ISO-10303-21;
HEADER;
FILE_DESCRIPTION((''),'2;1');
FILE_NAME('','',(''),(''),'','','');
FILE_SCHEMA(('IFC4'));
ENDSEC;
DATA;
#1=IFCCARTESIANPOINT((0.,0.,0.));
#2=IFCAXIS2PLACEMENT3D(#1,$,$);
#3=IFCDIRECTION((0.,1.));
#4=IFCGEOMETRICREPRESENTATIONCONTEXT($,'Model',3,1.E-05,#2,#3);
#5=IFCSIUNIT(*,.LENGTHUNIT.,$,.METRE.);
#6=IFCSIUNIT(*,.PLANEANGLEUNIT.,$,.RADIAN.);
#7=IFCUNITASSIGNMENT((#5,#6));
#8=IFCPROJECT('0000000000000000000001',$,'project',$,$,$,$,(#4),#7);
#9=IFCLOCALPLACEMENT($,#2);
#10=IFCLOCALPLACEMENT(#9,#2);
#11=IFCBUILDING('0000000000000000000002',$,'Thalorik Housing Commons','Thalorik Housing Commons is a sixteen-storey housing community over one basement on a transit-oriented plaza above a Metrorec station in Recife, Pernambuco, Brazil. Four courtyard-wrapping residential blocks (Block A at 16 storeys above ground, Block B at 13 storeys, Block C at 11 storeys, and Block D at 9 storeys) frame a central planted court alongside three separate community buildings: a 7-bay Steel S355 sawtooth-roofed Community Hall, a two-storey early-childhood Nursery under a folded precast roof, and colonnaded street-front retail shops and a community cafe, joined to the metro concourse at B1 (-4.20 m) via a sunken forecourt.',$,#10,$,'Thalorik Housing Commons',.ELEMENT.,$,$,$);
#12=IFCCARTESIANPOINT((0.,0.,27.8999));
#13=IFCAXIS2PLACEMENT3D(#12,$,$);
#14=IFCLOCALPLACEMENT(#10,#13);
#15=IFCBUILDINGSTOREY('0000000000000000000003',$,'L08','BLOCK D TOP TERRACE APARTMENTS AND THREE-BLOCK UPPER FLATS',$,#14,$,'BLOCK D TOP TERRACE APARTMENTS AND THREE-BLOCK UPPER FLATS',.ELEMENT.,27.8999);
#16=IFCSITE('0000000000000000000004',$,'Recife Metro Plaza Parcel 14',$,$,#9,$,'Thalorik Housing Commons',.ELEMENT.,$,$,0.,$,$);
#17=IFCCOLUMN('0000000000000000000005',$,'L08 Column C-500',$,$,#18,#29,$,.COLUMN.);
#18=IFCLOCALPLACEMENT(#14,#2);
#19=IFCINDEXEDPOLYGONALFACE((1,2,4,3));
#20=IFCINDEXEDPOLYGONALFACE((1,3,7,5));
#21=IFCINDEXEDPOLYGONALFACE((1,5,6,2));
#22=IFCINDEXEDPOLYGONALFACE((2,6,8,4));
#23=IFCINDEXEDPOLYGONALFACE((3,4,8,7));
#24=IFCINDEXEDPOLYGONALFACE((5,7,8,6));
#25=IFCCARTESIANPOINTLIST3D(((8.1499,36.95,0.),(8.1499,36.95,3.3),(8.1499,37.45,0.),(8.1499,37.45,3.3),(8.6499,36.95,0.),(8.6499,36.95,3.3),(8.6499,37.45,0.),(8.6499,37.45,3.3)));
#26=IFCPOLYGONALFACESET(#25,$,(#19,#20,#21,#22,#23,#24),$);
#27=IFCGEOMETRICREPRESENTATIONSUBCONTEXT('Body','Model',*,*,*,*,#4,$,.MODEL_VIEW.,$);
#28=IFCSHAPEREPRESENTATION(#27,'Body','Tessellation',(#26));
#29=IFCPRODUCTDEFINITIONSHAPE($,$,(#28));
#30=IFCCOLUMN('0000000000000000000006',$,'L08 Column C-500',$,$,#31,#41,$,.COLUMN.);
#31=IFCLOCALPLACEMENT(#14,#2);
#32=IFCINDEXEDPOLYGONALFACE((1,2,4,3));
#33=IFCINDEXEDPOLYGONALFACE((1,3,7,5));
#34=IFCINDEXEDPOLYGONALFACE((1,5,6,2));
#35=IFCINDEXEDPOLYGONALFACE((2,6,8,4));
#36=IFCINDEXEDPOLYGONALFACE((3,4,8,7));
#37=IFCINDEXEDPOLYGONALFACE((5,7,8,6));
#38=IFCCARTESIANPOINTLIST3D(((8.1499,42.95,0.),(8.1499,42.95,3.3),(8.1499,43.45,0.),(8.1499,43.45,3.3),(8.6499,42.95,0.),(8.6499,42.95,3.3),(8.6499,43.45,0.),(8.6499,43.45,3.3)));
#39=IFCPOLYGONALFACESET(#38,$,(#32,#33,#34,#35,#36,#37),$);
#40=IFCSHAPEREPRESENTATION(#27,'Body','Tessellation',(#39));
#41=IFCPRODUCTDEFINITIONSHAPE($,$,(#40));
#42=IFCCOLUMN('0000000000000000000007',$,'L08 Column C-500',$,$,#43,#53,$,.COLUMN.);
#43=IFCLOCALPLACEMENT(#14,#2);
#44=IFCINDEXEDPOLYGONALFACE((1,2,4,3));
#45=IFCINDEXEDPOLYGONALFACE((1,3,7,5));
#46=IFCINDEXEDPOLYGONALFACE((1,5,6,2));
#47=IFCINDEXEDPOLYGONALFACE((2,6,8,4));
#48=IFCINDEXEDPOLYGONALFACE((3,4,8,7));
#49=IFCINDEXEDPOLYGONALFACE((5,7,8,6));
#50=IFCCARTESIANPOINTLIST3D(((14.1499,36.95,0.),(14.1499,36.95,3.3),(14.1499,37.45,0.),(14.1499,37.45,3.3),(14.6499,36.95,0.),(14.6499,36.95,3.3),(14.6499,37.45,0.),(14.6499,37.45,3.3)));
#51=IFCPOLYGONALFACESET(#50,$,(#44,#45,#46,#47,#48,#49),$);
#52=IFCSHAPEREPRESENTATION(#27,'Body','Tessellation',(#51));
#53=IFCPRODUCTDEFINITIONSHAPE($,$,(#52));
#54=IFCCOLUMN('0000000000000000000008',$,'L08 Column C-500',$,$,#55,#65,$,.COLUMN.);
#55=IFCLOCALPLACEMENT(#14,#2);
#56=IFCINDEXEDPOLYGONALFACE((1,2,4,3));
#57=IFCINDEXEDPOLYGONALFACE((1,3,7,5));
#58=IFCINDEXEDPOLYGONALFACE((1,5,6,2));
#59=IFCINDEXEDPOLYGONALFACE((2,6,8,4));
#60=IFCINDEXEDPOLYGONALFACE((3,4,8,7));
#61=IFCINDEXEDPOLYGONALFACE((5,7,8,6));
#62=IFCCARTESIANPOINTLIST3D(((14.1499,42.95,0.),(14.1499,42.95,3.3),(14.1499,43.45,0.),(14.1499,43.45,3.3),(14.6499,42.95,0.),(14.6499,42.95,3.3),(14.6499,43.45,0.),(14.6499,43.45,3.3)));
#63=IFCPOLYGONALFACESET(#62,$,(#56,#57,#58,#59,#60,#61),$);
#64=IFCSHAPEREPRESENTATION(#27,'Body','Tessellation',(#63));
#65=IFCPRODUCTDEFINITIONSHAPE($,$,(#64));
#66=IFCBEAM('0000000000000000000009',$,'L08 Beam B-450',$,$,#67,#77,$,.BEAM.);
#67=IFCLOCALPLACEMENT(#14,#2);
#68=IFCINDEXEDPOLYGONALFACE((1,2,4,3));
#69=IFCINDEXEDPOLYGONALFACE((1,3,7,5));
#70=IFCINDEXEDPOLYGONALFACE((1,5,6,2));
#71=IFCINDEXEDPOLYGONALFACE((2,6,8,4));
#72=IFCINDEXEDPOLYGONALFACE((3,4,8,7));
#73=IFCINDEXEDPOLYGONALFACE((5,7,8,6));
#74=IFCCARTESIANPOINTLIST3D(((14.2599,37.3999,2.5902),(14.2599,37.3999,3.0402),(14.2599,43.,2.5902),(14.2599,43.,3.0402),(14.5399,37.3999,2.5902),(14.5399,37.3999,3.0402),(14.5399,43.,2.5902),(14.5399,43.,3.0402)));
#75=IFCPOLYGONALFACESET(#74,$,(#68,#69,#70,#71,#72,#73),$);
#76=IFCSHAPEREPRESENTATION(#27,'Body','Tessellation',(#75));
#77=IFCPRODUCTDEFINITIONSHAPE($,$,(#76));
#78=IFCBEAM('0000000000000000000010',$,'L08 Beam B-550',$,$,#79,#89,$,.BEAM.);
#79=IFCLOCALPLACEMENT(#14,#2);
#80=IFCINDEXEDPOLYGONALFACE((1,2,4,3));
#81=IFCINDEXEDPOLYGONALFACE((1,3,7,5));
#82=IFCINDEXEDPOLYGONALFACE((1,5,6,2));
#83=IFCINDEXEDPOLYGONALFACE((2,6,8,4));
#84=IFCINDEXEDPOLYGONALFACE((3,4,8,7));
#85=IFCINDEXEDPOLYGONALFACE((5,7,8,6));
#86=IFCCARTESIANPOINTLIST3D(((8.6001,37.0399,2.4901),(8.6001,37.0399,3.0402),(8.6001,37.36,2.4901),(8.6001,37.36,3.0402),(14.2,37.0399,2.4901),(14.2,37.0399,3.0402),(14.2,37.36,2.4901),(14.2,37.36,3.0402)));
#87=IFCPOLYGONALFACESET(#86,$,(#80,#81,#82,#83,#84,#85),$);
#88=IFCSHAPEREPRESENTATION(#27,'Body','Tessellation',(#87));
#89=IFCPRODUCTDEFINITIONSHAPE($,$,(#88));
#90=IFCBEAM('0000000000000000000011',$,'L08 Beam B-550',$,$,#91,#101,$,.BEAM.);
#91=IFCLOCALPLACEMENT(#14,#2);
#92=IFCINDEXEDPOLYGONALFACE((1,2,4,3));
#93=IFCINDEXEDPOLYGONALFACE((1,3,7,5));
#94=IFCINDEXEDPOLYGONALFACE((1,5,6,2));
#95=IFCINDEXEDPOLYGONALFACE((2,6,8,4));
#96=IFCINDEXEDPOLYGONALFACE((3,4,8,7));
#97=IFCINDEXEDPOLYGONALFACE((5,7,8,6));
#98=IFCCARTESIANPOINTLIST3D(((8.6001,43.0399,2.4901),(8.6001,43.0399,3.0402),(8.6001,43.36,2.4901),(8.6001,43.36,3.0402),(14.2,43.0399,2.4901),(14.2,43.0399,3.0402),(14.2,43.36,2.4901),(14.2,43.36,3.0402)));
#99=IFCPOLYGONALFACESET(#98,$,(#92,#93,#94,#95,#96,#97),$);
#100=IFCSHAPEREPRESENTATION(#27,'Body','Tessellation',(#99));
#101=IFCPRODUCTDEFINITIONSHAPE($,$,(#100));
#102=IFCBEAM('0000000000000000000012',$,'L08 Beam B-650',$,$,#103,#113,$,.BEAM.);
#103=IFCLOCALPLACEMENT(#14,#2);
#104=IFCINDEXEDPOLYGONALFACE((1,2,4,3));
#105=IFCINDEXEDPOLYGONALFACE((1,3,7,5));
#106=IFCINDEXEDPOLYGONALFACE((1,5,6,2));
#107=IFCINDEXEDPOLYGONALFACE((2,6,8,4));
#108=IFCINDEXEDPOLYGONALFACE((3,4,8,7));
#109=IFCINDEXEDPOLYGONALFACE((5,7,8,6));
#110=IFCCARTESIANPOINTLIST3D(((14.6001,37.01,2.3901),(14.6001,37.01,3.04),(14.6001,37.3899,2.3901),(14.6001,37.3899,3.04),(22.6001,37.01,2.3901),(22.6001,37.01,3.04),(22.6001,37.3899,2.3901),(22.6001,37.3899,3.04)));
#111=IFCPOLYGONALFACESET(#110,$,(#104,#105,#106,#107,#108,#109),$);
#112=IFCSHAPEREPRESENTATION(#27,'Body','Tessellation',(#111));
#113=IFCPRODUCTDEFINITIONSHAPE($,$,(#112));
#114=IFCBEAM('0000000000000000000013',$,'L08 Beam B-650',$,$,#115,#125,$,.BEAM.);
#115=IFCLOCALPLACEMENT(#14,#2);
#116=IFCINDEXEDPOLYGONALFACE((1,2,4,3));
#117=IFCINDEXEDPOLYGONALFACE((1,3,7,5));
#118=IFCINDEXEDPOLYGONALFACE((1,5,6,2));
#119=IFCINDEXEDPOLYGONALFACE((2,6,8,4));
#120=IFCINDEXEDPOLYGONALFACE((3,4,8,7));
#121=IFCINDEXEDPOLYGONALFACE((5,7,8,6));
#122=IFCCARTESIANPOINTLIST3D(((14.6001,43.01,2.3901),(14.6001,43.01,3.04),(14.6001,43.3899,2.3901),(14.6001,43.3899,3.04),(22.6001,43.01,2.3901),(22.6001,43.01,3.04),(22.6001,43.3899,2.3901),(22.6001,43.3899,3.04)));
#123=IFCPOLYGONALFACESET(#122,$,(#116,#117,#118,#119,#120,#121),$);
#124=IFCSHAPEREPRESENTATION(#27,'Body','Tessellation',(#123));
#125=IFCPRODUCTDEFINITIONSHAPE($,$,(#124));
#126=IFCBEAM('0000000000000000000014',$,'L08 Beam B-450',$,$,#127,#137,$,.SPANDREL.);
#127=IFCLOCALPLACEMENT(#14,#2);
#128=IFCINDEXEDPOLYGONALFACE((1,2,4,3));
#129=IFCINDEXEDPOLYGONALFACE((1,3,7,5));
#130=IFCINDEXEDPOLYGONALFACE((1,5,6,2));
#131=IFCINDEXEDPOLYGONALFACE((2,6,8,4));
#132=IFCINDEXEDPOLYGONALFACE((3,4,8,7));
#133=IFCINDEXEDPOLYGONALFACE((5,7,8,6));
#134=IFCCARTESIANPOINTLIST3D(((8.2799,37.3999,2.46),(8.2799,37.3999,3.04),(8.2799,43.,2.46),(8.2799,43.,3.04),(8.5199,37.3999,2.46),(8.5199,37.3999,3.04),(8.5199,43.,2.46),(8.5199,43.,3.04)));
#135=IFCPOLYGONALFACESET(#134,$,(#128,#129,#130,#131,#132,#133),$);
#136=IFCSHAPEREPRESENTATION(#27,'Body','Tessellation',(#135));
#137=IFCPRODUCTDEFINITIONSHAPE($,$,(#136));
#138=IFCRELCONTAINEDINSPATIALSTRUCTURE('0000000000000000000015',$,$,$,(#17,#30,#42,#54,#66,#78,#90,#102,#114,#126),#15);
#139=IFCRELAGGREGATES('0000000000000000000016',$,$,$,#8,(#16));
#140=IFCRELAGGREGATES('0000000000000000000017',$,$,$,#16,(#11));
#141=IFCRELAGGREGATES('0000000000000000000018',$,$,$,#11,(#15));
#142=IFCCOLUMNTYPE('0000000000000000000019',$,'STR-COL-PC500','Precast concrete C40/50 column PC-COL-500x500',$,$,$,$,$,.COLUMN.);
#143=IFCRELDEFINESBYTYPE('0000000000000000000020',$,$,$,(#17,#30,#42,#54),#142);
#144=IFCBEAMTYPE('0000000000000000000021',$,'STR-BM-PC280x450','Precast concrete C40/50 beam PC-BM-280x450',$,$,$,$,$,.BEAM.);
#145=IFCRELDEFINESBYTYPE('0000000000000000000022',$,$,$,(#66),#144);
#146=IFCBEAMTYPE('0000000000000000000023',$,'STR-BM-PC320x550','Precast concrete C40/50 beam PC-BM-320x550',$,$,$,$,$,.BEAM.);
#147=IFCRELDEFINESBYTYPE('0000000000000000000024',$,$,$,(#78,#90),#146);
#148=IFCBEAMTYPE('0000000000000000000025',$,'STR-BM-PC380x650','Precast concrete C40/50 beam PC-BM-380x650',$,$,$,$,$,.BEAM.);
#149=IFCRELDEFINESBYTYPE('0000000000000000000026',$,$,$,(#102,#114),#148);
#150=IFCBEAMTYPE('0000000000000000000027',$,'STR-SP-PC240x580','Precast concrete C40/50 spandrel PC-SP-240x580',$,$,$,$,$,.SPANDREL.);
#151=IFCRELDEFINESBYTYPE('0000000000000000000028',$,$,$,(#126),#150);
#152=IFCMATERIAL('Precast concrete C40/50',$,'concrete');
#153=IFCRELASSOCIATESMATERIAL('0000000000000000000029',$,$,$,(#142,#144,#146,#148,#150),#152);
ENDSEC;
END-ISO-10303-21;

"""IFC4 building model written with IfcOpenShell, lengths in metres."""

from ifc_helpers import new_model, si_unit, direction, frame, origin, origin_2d, place, context, subcontext, project, spatial, rectangle, extrude, material, material_profile, profile_set, type_object, element, save


model = new_model("IFC4")

# Units and contexts
model_context = context("Model", 3, precision=1e-05, world=origin(), true_north=direction((0.0, 1.0)))
body_context = subcontext(model_context, "Body", "Model", "MODEL_VIEW")
ifc_project = project(units=[si_unit("LENGTHUNIT", "METRE"), si_unit("PLANEANGLEUNIT", "RADIAN")], contexts=[model_context])

# Site, building, storey
site_placement = place(None, origin())
site = spatial("IfcSite", under=ifc_project, at=site_placement, Name="Recife Metro Plaza Parcel 14", LongName="Thalorik Housing Commons", CompositionType="ELEMENT", RefElevation=0.0)
building_placement = place(site_placement, origin())
building = spatial("IfcBuilding", under=site, at=building_placement, Name="Thalorik Housing Commons", Description="Thalorik Housing Commons is a sixteen-storey housing community over one basement on a transit-oriented plaza above a Metrorec station in Recife, Pernambuco, Brazil. Four courtyard-wrapping residential blocks (Block A at 16 storeys above ground, Block B at 13 storeys, Block C at 11 storeys, and Block D at 9 storeys) frame a central planted court alongside three separate community buildings: a 7-bay Steel S355 sawtooth-roofed Community Hall, a two-storey early-childhood Nursery under a folded precast roof, and colonnaded street-front retail shops and a community cafe, joined to the metro concourse at B1 (-4.20 m) via a sunken forecourt.", LongName="Thalorik Housing Commons", CompositionType="ELEMENT")
storey_placement = place(building_placement, frame((0.0, 0.0, 27.8999)))
storey = spatial("IfcBuildingStorey", under=building, at=storey_placement, Name="L08", Description="BLOCK D TOP TERRACE APARTMENTS AND THREE-BLOCK UPPER FLATS", LongName="BLOCK D TOP TERRACE APARTMENTS AND THREE-BLOCK UPPER FLATS", CompositionType="ELEMENT", Elevation=27.8999)

# Columns
ifc_material_1 = material(Name="Precast concrete C40/50", Category="concrete")
ifc_material_profile_1 = material_profile(ifc_material_1, rectangle(XDim=0.5, YDim=0.5, at=origin_2d()), Name="PC 500x500", Category="concrete")
ifc_profile_set_1 = profile_set([ifc_material_profile_1], Name="Precast concrete C40/50")
column_type = type_object("IfcColumnType", Name="STR-COL-PC500", Description="Precast concrete C40/50 column PC-COL-500x500", PredefinedType="COLUMN", material=ifc_profile_set_1)
for number, where, z_axis, x_axis, name in (
    (1, (8.3999, 37.2, 0.0), (0.0, 0.0, 1.0), (1.0, 0.0, 0.0), "L08 Column C-500"),
    (2, (8.3999, 43.2, 0.0), (0.0, 0.0, 1.0), (1.0, 0.0, 0.0), "L08 Column C-500"),
    (3, (14.3999, 37.2, 0.0), (0.0, 0.0, 1.0), (1.0, 0.0, 0.0), "L08 Column C-500"),
    (4, (14.3999, 43.2, 0.0), (0.0, 0.0, 1.0), (1.0, 0.0, 0.0), "L08 Column C-500"),
):
    element("IfcColumn", number, at=place(storey_placement, frame(where, z_axis=z_axis, x_axis=x_axis)), inside=storey, type_object=column_type, Name=name, PredefinedType="COLUMN", context=body_context, shape_type="SweptSolid", body=[
        extrude(rectangle(XDim=0.5, YDim=0.5, at=origin_2d()), origin(), (0.0, 0.0, 1.0), 3.3),
    ])

# Beams
ifc_material_profile_2 = material_profile(ifc_material_1, rectangle(XDim=0.28, YDim=0.45, at=origin_2d()), Name="PC 280x450", Category="concrete")
ifc_profile_set_2 = profile_set([ifc_material_profile_2], Name="Precast concrete C40/50")
beam_type_1 = type_object("IfcBeamType", Name="STR-BM-PC280x450", Description="Precast concrete C40/50 beam PC-BM-280x450", PredefinedType="BEAM", material=ifc_profile_set_2)
beam_1_placement = place(storey_placement, frame((14.3999, 37.3999, 2.8152), z_axis=(0.0, 1.0, 0.0), x_axis=(-1.0, 0.0, 0.0)))
element("IfcBeam", 5, at=beam_1_placement, inside=storey, type_object=beam_type_1, Name="L08 Beam B-450", PredefinedType="BEAM", context=body_context, shape_type="SweptSolid", body=[
    extrude(rectangle(XDim=0.28, YDim=0.45, at=origin_2d()), origin(), (0.0, 0.0, 1.0), 5.6001),
])
ifc_material_profile_3 = material_profile(ifc_material_1, rectangle(XDim=0.3201, YDim=0.55, at=origin_2d()), Name="PC 320x550", Category="concrete")
ifc_profile_set_3 = profile_set([ifc_material_profile_3], Name="Precast concrete C40/50")
beam_type_2 = type_object("IfcBeamType", Name="STR-BM-PC320x550", Description="Precast concrete C40/50 beam PC-BM-320x550", PredefinedType="BEAM", material=ifc_profile_set_3)
for number, where, z_axis, x_axis, name in (
    (6, (8.6001, 37.2, 2.7651), (1.0, 0.0, 0.0), (0.0, 1.0, 0.0), "L08 Beam B-550"),
    (7, (8.6001, 43.2, 2.7651), (1.0, 0.0, 0.0), (0.0, 1.0, 0.0), "L08 Beam B-550"),
):
    element("IfcBeam", number, at=place(storey_placement, frame(where, z_axis=z_axis, x_axis=x_axis)), inside=storey, type_object=beam_type_2, Name=name, PredefinedType="BEAM", context=body_context, shape_type="SweptSolid", body=[
        extrude(rectangle(XDim=0.3201, YDim=0.55, at=origin_2d()), origin(), (0.0, 0.0, 1.0), 5.5999),
    ])
ifc_material_profile_4 = material_profile(ifc_material_1, rectangle(XDim=0.3799, YDim=0.6499, at=origin_2d()), Name="PC 380x650", Category="concrete")
ifc_profile_set_4 = profile_set([ifc_material_profile_4], Name="Precast concrete C40/50")
beam_type_3 = type_object("IfcBeamType", Name="STR-BM-PC380x650", Description="Precast concrete C40/50 beam PC-BM-380x650", PredefinedType="BEAM", material=ifc_profile_set_4)
for number, where, z_axis, x_axis, name in (
    (8, (14.6001, 37.2, 2.7151), (1.0, 0.0, 0.0), (0.0, 1.0, 0.0), "L08 Beam B-650"),
    (9, (14.6001, 43.2, 2.7151), (1.0, 0.0, 0.0), (0.0, 1.0, 0.0), "L08 Beam B-650"),
):
    element("IfcBeam", number, at=place(storey_placement, frame(where, z_axis=z_axis, x_axis=x_axis)), inside=storey, type_object=beam_type_3, Name=name, PredefinedType="BEAM", context=body_context, shape_type="SweptSolid", body=[
        extrude(rectangle(XDim=0.3799, YDim=0.6499, at=origin_2d()), origin(), (0.0, 0.0, 1.0), 8.0),
    ])
ifc_material_profile_5 = material_profile(ifc_material_1, rectangle(XDim=0.24, YDim=0.5801, at=origin_2d()), Name="PC SP 240x580", Category="concrete")
ifc_profile_set_5 = profile_set([ifc_material_profile_5], Name="Precast concrete C40/50")
beam_type_4 = type_object("IfcBeamType", Name="STR-SP-PC240x580", Description="Precast concrete C40/50 spandrel PC-SP-240x580", PredefinedType="SPANDREL", material=ifc_profile_set_5)
beam_2_placement = place(storey_placement, frame((8.3999, 37.3999, 2.75), z_axis=(0.0, 1.0, 0.0), x_axis=(-1.0, 0.0, 0.0)))
element("IfcBeam", 10, at=beam_2_placement, inside=storey, type_object=beam_type_4, Name="L08 Beam B-450", PredefinedType="SPANDREL", context=body_context, shape_type="SweptSolid", body=[
    extrude(rectangle(XDim=0.24, YDim=0.5801, at=origin_2d()), origin(), (0.0, 0.0, 1.0), 5.6001),
])

save(model, "model.ifc")
